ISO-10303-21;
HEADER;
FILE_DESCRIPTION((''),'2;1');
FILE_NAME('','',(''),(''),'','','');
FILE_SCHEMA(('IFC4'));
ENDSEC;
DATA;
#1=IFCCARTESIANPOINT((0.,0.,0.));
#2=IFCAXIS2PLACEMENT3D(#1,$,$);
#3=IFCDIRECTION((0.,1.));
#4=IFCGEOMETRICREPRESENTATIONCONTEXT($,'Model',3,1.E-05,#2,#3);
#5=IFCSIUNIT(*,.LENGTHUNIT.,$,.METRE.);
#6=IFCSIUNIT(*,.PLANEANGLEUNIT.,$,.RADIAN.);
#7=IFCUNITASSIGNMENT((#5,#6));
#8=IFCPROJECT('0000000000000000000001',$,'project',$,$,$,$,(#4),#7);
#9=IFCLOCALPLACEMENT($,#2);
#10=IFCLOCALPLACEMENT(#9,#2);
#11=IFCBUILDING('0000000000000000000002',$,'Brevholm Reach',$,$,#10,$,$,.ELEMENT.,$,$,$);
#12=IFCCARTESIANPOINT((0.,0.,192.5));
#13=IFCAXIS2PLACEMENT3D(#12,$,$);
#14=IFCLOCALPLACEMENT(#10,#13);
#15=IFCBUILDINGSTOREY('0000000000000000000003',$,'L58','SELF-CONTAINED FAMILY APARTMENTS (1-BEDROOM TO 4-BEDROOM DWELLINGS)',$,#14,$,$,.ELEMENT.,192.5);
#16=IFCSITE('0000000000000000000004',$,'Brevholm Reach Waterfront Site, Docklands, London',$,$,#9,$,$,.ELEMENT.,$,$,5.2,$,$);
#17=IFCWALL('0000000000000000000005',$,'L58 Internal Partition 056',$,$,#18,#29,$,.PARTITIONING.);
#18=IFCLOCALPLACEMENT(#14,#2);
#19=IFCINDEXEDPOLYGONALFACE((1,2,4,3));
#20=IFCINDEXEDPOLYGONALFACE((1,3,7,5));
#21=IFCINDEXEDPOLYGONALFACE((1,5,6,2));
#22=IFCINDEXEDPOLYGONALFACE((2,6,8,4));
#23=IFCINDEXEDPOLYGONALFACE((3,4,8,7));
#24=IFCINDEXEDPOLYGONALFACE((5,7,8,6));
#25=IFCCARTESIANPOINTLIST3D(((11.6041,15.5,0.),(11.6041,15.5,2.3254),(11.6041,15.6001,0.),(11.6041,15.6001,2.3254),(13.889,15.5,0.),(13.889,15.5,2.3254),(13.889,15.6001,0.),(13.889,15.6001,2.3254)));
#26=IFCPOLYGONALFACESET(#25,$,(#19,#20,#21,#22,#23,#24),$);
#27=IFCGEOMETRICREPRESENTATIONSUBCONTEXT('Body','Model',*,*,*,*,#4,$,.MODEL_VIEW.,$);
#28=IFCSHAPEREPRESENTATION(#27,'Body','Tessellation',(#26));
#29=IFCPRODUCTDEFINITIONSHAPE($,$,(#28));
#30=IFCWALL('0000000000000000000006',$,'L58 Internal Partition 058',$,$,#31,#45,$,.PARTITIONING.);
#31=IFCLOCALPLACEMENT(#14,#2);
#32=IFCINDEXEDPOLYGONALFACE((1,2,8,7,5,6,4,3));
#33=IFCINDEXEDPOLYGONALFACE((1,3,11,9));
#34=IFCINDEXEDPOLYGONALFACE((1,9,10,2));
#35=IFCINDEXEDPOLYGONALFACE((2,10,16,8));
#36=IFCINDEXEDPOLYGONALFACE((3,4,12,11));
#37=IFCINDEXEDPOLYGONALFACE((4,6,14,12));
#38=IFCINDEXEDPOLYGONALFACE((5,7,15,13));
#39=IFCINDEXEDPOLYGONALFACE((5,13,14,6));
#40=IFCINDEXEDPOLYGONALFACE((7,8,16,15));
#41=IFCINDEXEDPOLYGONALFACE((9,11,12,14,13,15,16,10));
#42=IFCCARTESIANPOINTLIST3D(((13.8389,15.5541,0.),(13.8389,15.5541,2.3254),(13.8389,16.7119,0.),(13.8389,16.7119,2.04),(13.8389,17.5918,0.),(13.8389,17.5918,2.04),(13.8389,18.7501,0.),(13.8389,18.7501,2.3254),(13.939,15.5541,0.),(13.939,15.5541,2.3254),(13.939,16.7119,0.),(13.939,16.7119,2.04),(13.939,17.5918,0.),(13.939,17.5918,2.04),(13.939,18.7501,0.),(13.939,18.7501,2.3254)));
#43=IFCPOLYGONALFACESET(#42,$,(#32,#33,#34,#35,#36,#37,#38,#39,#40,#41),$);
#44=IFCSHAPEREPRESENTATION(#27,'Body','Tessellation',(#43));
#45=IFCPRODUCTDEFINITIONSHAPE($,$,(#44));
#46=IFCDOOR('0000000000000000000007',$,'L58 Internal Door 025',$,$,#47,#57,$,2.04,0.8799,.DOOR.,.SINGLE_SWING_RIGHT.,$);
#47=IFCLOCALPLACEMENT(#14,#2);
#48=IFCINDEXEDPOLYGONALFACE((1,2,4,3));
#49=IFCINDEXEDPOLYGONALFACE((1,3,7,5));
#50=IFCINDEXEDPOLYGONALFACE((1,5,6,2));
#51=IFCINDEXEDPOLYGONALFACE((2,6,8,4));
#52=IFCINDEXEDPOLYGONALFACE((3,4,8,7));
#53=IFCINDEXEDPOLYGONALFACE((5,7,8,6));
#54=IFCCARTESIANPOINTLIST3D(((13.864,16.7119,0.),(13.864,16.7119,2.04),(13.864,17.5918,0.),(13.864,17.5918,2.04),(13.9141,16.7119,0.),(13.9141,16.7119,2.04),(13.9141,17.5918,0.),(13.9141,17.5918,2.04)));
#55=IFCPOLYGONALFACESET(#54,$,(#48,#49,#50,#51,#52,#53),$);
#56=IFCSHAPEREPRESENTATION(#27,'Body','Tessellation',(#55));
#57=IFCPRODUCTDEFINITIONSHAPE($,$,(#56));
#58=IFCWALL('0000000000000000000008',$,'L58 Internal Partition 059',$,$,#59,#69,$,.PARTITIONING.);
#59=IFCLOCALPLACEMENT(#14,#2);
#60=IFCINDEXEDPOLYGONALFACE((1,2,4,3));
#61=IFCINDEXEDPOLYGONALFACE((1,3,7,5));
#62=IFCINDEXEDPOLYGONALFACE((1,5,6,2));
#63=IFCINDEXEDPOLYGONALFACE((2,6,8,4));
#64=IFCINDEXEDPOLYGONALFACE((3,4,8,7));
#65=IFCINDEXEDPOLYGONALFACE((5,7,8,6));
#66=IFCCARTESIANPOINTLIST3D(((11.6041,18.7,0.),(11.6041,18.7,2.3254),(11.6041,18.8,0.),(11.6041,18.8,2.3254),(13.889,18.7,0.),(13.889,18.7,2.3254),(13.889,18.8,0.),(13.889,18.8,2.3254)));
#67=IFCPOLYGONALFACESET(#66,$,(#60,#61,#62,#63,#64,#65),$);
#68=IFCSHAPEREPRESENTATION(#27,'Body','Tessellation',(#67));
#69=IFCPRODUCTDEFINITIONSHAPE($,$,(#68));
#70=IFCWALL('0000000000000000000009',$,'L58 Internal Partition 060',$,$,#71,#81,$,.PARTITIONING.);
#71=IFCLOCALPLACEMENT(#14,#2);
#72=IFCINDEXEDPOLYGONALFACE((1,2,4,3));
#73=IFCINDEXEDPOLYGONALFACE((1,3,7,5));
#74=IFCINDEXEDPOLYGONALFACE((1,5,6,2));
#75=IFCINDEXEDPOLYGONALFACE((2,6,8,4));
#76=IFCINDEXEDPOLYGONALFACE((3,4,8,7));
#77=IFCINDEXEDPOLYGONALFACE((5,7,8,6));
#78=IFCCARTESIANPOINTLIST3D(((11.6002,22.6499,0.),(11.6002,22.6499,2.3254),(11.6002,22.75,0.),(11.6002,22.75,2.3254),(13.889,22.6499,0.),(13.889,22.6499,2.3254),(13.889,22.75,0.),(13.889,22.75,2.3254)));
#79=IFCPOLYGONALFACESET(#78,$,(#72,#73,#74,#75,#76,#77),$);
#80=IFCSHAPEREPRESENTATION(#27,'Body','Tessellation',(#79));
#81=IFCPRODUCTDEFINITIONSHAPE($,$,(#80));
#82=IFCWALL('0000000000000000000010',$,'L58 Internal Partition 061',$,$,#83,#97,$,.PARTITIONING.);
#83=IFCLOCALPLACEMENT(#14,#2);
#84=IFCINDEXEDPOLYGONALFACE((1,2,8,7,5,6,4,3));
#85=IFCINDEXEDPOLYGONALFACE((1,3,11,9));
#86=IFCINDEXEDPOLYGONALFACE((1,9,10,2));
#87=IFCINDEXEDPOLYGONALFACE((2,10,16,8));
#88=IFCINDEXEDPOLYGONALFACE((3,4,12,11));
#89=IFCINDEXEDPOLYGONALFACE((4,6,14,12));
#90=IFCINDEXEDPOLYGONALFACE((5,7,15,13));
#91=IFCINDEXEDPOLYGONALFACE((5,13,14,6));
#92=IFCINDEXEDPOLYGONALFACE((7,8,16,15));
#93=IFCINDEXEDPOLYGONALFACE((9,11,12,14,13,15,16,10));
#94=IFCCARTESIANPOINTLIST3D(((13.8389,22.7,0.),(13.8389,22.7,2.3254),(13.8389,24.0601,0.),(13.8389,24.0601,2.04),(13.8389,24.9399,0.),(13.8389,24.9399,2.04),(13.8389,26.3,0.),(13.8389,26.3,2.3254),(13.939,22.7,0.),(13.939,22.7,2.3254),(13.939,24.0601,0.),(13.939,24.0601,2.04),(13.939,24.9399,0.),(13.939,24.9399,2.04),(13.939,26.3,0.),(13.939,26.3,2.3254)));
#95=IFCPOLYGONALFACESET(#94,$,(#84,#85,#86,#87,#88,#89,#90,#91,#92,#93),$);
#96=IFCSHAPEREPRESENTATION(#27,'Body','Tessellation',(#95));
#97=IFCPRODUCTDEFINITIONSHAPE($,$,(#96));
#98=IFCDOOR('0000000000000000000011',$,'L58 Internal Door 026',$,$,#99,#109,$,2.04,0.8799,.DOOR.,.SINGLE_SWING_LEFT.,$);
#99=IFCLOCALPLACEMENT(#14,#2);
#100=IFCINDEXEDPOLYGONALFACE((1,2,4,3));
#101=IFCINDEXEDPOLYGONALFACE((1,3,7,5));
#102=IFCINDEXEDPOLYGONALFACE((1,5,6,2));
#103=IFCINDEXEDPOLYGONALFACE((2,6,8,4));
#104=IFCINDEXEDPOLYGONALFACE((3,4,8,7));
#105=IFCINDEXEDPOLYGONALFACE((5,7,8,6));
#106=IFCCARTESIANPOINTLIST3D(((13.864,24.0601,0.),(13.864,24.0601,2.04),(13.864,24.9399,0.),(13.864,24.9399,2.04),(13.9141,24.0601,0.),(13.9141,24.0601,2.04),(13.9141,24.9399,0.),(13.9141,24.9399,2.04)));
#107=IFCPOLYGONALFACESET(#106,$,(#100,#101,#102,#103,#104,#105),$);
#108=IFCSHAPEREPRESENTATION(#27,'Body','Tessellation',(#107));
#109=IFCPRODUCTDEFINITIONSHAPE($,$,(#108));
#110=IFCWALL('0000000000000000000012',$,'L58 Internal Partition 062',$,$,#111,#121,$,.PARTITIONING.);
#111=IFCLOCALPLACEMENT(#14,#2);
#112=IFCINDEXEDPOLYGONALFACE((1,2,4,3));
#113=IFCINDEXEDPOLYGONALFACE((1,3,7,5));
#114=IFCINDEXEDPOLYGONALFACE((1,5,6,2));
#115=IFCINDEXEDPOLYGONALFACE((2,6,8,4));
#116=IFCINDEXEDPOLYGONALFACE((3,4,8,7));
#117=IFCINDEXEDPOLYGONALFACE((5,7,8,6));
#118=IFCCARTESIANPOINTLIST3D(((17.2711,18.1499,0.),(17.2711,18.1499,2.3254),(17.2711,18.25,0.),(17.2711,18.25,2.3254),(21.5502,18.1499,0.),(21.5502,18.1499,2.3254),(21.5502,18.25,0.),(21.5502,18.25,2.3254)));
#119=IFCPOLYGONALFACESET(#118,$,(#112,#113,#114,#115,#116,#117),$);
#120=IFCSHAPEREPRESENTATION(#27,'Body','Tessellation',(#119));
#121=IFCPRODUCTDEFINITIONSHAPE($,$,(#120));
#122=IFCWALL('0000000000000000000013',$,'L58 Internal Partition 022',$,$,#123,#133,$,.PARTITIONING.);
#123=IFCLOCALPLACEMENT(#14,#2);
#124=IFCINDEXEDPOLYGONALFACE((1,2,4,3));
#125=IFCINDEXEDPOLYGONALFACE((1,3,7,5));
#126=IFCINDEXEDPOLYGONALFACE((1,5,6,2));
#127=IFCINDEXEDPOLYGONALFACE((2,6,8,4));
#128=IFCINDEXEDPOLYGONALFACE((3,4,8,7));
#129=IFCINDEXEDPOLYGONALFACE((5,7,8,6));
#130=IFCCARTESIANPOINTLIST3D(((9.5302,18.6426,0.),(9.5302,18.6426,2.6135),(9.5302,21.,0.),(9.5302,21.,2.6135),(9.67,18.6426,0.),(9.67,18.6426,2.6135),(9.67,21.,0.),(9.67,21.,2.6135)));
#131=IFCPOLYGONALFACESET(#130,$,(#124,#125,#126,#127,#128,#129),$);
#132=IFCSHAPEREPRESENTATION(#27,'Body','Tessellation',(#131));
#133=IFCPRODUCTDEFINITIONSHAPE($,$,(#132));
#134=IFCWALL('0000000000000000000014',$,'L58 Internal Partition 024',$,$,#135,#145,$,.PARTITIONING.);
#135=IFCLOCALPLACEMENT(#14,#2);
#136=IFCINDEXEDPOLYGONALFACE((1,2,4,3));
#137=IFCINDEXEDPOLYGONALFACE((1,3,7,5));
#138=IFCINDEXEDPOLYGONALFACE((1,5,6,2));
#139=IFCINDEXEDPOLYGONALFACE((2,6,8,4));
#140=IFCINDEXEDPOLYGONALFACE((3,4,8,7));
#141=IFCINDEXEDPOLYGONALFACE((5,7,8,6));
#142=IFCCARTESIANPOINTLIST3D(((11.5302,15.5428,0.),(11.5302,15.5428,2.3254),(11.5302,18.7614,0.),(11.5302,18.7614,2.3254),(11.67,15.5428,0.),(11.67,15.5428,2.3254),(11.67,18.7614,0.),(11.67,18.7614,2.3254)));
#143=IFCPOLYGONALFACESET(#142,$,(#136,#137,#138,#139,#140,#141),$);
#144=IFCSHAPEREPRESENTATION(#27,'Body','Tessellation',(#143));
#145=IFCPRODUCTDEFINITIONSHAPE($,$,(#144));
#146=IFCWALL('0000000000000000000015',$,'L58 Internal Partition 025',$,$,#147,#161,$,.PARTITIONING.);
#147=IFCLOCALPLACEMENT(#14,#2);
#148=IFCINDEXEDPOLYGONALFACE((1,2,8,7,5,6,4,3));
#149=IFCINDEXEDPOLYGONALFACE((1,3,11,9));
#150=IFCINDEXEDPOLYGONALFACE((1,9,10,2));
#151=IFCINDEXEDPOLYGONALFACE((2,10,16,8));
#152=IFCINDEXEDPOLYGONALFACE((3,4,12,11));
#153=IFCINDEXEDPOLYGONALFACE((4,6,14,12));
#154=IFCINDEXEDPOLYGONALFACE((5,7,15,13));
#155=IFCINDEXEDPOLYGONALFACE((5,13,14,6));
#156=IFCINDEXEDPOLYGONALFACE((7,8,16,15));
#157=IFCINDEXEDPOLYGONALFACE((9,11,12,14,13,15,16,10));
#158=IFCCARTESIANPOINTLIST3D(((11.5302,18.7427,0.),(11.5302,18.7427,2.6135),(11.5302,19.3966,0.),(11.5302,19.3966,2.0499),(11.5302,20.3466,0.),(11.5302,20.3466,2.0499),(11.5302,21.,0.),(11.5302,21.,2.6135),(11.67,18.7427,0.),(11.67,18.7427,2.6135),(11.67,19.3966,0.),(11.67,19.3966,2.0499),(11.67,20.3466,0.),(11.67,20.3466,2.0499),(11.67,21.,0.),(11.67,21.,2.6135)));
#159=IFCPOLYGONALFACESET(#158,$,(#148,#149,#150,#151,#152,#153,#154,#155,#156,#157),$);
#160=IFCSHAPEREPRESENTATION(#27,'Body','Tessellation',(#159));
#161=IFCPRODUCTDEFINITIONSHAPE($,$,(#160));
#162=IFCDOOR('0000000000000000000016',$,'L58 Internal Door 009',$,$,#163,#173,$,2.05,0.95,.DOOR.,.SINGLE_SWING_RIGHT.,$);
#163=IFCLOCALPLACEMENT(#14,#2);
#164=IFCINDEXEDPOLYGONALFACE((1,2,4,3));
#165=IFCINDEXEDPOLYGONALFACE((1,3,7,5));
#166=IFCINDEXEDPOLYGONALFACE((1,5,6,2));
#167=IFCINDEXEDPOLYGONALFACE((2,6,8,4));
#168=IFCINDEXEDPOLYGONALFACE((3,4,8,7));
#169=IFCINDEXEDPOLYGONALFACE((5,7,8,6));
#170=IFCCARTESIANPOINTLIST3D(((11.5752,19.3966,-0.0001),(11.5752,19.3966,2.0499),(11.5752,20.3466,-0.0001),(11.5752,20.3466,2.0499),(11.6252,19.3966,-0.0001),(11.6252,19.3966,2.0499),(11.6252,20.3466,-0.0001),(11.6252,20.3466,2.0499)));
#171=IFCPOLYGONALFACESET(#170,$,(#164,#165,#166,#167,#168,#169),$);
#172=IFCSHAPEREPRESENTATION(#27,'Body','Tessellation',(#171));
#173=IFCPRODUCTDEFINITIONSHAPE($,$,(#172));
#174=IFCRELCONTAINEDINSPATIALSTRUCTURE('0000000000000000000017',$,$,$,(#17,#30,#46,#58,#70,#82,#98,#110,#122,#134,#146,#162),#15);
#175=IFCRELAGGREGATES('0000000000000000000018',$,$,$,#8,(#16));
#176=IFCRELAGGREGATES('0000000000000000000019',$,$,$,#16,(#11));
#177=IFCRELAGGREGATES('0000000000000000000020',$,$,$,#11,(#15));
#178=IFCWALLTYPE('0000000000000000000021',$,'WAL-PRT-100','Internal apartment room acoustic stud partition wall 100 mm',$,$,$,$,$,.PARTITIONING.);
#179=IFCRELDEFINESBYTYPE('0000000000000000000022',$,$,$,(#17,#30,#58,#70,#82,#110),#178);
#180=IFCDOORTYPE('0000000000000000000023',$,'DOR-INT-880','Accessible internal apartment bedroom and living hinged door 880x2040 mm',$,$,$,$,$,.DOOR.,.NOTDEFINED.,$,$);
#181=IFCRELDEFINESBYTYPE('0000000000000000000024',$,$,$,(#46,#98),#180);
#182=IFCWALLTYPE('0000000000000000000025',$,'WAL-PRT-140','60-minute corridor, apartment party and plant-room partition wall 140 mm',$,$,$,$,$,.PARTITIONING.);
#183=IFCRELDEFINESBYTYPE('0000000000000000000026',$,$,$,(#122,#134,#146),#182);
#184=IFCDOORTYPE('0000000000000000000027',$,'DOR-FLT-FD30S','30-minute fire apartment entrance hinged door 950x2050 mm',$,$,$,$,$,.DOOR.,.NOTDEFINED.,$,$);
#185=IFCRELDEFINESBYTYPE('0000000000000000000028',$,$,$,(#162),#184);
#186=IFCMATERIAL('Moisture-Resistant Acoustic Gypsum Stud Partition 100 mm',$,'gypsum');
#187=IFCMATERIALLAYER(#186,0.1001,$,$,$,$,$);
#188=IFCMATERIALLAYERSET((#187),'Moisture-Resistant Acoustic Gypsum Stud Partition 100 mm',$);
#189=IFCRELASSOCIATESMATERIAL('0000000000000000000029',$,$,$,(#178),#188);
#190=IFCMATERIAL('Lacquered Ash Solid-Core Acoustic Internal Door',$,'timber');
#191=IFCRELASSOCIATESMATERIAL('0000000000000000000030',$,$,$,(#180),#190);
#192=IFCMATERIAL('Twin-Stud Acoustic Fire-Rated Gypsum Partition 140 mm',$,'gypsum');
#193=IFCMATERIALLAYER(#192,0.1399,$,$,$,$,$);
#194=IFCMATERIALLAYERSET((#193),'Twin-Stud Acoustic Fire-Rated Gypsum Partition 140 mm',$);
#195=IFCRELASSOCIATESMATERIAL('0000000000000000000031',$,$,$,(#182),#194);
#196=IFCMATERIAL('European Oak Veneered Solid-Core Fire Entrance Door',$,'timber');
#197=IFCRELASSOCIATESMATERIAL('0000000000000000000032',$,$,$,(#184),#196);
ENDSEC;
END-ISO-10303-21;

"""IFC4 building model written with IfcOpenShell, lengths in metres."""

from ifc_helpers import new_model, si_unit, direction, frame, frame_2d, origin, place, context, subcontext, project, spatial, rectangle, extrude, material, layer, layer_set, type_object, element, fill, save


model = new_model("IFC4")

# Units and contexts
model_context = context("Model", 3, precision=1e-05, world=origin(), true_north=direction((0.0, 1.0)))
body_context = subcontext(model_context, "Body", "Model", "MODEL_VIEW")
ifc_project = project(units=[si_unit("LENGTHUNIT", "METRE"), si_unit("PLANEANGLEUNIT", "RADIAN")], contexts=[model_context])

# Site, building, storey
site_placement = place(None, origin())
site = spatial("IfcSite", under=ifc_project, at=site_placement, Name="Brevholm Reach Waterfront Site, Docklands, London", CompositionType="ELEMENT", RefElevation=5.2)
building_placement = place(site_placement, origin())
building = spatial("IfcBuilding", under=site, at=building_placement, Name="Brevholm Reach", CompositionType="ELEMENT")
storey_placement = place(building_placement, frame((0.0, 0.0, 192.5)))
storey = spatial("IfcBuildingStorey", under=building, at=storey_placement, Name="L58", Description="SELF-CONTAINED FAMILY APARTMENTS (1-BEDROOM TO 4-BEDROOM DWELLINGS)", CompositionType="ELEMENT", Elevation=192.5)

# Wall
ifc_material_1 = material(Name="Moisture-Resistant Acoustic Gypsum Stud Partition 100 mm", Category="gypsum")
ifc_layer_1 = layer(ifc_material_1, 0.1001)
ifc_layer_set_1 = layer_set([ifc_layer_1], Name="Moisture-Resistant Acoustic Gypsum Stud Partition 100 mm")
wall_type_1 = type_object("IfcWallType", Name="WAL-PRT-100", Description="Internal apartment room acoustic stud partition wall 100 mm", PredefinedType="PARTITIONING", material=ifc_layer_set_1)
wall_1_placement = place(storey_placement, frame((11.604, 15.55, 0.0), z_axis=(0.0, 0.0, 1.0), x_axis=(1.0, 0.0, 0.0)))
element("IfcWall", 1, at=wall_1_placement, inside=storey, type_object=wall_type_1, Name="L58 Internal Partition 056", PredefinedType="PARTITIONING", context=body_context, shape_type="SweptSolid", body=[
    extrude(rectangle(XDim=2.2849, YDim=0.1001, at=frame_2d((1.1426, 0.0))), origin(), (0.0, 0.0, 1.0), 2.3254),
])

# Wall, opening, door
wall_2_placement = place(storey_placement, frame((13.8889, 15.554, 0.0), z_axis=(0.0, 0.0, 1.0), x_axis=(0.0, 1.0, 0.0)))
wall_2 = element("IfcWall", 2, at=wall_2_placement, inside=storey, type_object=wall_type_1, Name="L58 Internal Partition 058", PredefinedType="PARTITIONING", context=body_context, shape_type="SweptSolid", body=[
    extrude(rectangle(XDim=3.196, YDim=0.1001, at=frame_2d((1.5981, 0.0))), origin(), (0.0, 0.0, 1.0), 2.3254),
])
opening_1_placement = place(wall_2_placement, frame((1.158, 0.0, 0.0)))
opening_1 = element("IfcOpeningElement", 3, at=opening_1_placement, cuts=wall_2, PredefinedType="OPENING", context=body_context, shape_type="SweptSolid", body=[
    extrude(rectangle(XDim=0.8799, YDim=2.04, at=frame_2d((0.4399, 1.02))), frame((0.0, 0.0601, 0.0), z_axis=(0.0, -1.0, 0.0), x_axis=(1.0, 0.0, 0.0)), (0.0, 0.0, 1.0), 0.1201),
])
ifc_material_2 = material(Name="Lacquered Ash Solid-Core Acoustic Internal Door", Category="timber")
door_type_1 = type_object("IfcDoorType", Name="DOR-INT-880", Description="Accessible internal apartment bedroom and living hinged door 880x2040 mm", OperationType="NOTDEFINED", PredefinedType="DOOR", material=ifc_material_2)
door_1_placement = place(opening_1_placement, origin())
door_1 = element("IfcDoor", 4, at=door_1_placement, inside=storey, type_object=door_type_1, Name="L58 Internal Door 025", OperationType="SINGLE_SWING_RIGHT", OverallHeight=2.04, OverallWidth=0.8799, PredefinedType="DOOR", context=body_context, shape_type="SweptSolid", body=[
    extrude(rectangle(XDim=0.8799, YDim=2.04, at=frame_2d((0.4399, 1.02))), frame((0.0, 0.0249, 0.0), z_axis=(0.0, -1.0, 0.0), x_axis=(1.0, 0.0, 0.0)), (0.0, 0.0, 1.0), 0.05),
])
fill(opening_1, door_1)

# Walls
wall_3_placement = place(storey_placement, frame((11.604, 18.75, 0.0), z_axis=(0.0, 0.0, 1.0), x_axis=(1.0, 0.0, 0.0)))
element("IfcWall", 5, at=wall_3_placement, inside=storey, type_object=wall_type_1, Name="L58 Internal Partition 059", PredefinedType="PARTITIONING", context=body_context, shape_type="SweptSolid", body=[
    extrude(rectangle(XDim=2.2849, YDim=0.1001, at=frame_2d((1.1426, 0.0))), origin(), (0.0, 0.0, 1.0), 2.3254),
])
wall_4_placement = place(storey_placement, frame((11.6001, 22.7, 0.0), z_axis=(0.0, 0.0, 1.0), x_axis=(1.0, 0.0, 0.0)))
element("IfcWall", 6, at=wall_4_placement, inside=storey, type_object=wall_type_1, Name="L58 Internal Partition 060", PredefinedType="PARTITIONING", context=body_context, shape_type="SweptSolid", body=[
    extrude(rectangle(XDim=2.2888, YDim=0.1001, at=frame_2d((1.1445, 0.0))), origin(), (0.0, 0.0, 1.0), 2.3254),
])

# Wall, opening, door
wall_5_placement = place(storey_placement, frame((13.8889, 22.7, 0.0), z_axis=(0.0, 0.0, 1.0), x_axis=(0.0, 1.0, 0.0)))
wall_5 = element("IfcWall", 7, at=wall_5_placement, inside=storey, type_object=wall_type_1, Name="L58 Internal Partition 061", PredefinedType="PARTITIONING", context=body_context, shape_type="SweptSolid", body=[
    extrude(rectangle(XDim=3.6001, YDim=0.1001, at=frame_2d((1.8, 0.0))), origin(), (0.0, 0.0, 1.0), 2.3254),
])
opening_2_placement = place(wall_5_placement, frame((1.3601, 0.0, 0.0)))
opening_2 = element("IfcOpeningElement", 8, at=opening_2_placement, cuts=wall_5, PredefinedType="OPENING", context=body_context, shape_type="SweptSolid", body=[
    extrude(rectangle(XDim=0.8799, YDim=2.04, at=frame_2d((0.4399, 1.02))), frame((0.0, 0.0601, 0.0), z_axis=(0.0, -1.0, 0.0), x_axis=(1.0, 0.0, 0.0)), (0.0, 0.0, 1.0), 0.1201),
])
door_2_placement = place(opening_2_placement, origin())
door_2 = element("IfcDoor", 9, at=door_2_placement, inside=storey, type_object=door_type_1, Name="L58 Internal Door 026", OperationType="SINGLE_SWING_LEFT", OverallHeight=2.04, OverallWidth=0.8799, PredefinedType="DOOR", context=body_context, shape_type="SweptSolid", body=[
    extrude(rectangle(XDim=0.8799, YDim=2.04, at=frame_2d((0.4399, 1.02))), frame((0.0, 0.0249, 0.0), z_axis=(0.0, -1.0, 0.0), x_axis=(1.0, 0.0, 0.0)), (0.0, 0.0, 1.0), 0.05),
])
fill(opening_2, door_2)

# Walls
wall_6_placement = place(storey_placement, frame((17.271, 18.2, 0.0), z_axis=(0.0, 0.0, 1.0), x_axis=(1.0, 0.0, 0.0)))
element("IfcWall", 10, at=wall_6_placement, inside=storey, type_object=wall_type_1, Name="L58 Internal Partition 062", PredefinedType="PARTITIONING", context=body_context, shape_type="SweptSolid", body=[
    extrude(rectangle(XDim=4.2791, YDim=0.1001, at=frame_2d((2.1396, 0.0))), origin(), (0.0, 0.0, 1.0), 2.3254),
])
ifc_material_3 = material(Name="Twin-Stud Acoustic Fire-Rated Gypsum Partition 140 mm", Category="gypsum")
ifc_layer_2 = layer(ifc_material_3, 0.1399)
ifc_layer_set_2 = layer_set([ifc_layer_2], Name="Twin-Stud Acoustic Fire-Rated Gypsum Partition 140 mm")
wall_type_2 = type_object("IfcWallType", Name="WAL-PRT-140", Description="60-minute corridor, apartment party and plant-room partition wall 140 mm", PredefinedType="PARTITIONING", material=ifc_layer_set_2)
wall_7_placement = place(storey_placement, frame((9.6001, 18.6426, 0.0), z_axis=(0.0, 0.0, 1.0), x_axis=(0.0, 1.0, 0.0)))
element("IfcWall", 11, at=wall_7_placement, inside=storey, type_object=wall_type_2, Name="L58 Internal Partition 022", PredefinedType="PARTITIONING", context=body_context, shape_type="SweptSolid", body=[
    extrude(rectangle(XDim=2.3574, YDim=0.1399, at=frame_2d((1.1787, 0.0))), origin(), (0.0, 0.0, 1.0), 2.6135),
])
wall_8_placement = place(storey_placement, frame((11.6001, 15.5427, 0.0), z_axis=(0.0, 0.0, 1.0), x_axis=(0.0, 1.0, 0.0)))
element("IfcWall", 12, at=wall_8_placement, inside=storey, type_object=wall_type_2, Name="L58 Internal Partition 024", PredefinedType="PARTITIONING", context=body_context, shape_type="SweptSolid", body=[
    extrude(rectangle(XDim=3.2185, YDim=0.1399, at=frame_2d((1.6094, 0.0))), origin(), (0.0, 0.0, 1.0), 2.3254),
])

# Wall, opening, door
wall_9_placement = place(storey_placement, frame((11.6001, 18.7427, 0.0), z_axis=(0.0, 0.0, 1.0), x_axis=(0.0, 1.0, 0.0)))
wall_9 = element("IfcWall", 13, at=wall_9_placement, inside=storey, type_object=wall_type_2, Name="L58 Internal Partition 025", PredefinedType="PARTITIONING", context=body_context, shape_type="SweptSolid", body=[
    extrude(rectangle(XDim=2.2573, YDim=0.1399, at=frame_2d((1.1287, 0.0))), origin(), (0.0, 0.0, 1.0), 2.6135),
])
opening_3_placement = place(wall_9_placement, frame((0.6538, 0.0, 0.0)))
opening_3 = element("IfcOpeningElement", 14, at=opening_3_placement, cuts=wall_9, PredefinedType="OPENING", context=body_context, shape_type="SweptSolid", body=[
    extrude(rectangle(XDim=0.95, YDim=2.05, at=frame_2d((0.4751, 1.0249))), frame((0.0, 0.0798, 0.0), z_axis=(0.0, -1.0, 0.0), x_axis=(1.0, 0.0, 0.0)), (0.0, 0.0, 1.0), 0.1599),
])
ifc_material_4 = material(Name="European Oak Veneered Solid-Core Fire Entrance Door", Category="timber")
door_type_2 = type_object("IfcDoorType", Name="DOR-FLT-FD30S", Description="30-minute fire apartment entrance hinged door 950x2050 mm", OperationType="NOTDEFINED", PredefinedType="DOOR", material=ifc_material_4)
door_3_placement = place(opening_3_placement, origin())
door_3 = element("IfcDoor", 15, at=door_3_placement, inside=storey, type_object=door_type_2, Name="L58 Internal Door 009", OperationType="SINGLE_SWING_RIGHT", OverallHeight=2.05, OverallWidth=0.95, PredefinedType="DOOR", context=body_context, shape_type="SweptSolid", body=[
    extrude(rectangle(XDim=0.95, YDim=2.05, at=frame_2d((0.4751, 1.0249))), frame((0.0, 0.0249, 0.0), z_axis=(0.0, -1.0, 0.0), x_axis=(1.0, 0.0, 0.0)), (0.0, 0.0, 1.0), 0.05),
])
fill(opening_3, door_3)

save(model, "model.ifc")
